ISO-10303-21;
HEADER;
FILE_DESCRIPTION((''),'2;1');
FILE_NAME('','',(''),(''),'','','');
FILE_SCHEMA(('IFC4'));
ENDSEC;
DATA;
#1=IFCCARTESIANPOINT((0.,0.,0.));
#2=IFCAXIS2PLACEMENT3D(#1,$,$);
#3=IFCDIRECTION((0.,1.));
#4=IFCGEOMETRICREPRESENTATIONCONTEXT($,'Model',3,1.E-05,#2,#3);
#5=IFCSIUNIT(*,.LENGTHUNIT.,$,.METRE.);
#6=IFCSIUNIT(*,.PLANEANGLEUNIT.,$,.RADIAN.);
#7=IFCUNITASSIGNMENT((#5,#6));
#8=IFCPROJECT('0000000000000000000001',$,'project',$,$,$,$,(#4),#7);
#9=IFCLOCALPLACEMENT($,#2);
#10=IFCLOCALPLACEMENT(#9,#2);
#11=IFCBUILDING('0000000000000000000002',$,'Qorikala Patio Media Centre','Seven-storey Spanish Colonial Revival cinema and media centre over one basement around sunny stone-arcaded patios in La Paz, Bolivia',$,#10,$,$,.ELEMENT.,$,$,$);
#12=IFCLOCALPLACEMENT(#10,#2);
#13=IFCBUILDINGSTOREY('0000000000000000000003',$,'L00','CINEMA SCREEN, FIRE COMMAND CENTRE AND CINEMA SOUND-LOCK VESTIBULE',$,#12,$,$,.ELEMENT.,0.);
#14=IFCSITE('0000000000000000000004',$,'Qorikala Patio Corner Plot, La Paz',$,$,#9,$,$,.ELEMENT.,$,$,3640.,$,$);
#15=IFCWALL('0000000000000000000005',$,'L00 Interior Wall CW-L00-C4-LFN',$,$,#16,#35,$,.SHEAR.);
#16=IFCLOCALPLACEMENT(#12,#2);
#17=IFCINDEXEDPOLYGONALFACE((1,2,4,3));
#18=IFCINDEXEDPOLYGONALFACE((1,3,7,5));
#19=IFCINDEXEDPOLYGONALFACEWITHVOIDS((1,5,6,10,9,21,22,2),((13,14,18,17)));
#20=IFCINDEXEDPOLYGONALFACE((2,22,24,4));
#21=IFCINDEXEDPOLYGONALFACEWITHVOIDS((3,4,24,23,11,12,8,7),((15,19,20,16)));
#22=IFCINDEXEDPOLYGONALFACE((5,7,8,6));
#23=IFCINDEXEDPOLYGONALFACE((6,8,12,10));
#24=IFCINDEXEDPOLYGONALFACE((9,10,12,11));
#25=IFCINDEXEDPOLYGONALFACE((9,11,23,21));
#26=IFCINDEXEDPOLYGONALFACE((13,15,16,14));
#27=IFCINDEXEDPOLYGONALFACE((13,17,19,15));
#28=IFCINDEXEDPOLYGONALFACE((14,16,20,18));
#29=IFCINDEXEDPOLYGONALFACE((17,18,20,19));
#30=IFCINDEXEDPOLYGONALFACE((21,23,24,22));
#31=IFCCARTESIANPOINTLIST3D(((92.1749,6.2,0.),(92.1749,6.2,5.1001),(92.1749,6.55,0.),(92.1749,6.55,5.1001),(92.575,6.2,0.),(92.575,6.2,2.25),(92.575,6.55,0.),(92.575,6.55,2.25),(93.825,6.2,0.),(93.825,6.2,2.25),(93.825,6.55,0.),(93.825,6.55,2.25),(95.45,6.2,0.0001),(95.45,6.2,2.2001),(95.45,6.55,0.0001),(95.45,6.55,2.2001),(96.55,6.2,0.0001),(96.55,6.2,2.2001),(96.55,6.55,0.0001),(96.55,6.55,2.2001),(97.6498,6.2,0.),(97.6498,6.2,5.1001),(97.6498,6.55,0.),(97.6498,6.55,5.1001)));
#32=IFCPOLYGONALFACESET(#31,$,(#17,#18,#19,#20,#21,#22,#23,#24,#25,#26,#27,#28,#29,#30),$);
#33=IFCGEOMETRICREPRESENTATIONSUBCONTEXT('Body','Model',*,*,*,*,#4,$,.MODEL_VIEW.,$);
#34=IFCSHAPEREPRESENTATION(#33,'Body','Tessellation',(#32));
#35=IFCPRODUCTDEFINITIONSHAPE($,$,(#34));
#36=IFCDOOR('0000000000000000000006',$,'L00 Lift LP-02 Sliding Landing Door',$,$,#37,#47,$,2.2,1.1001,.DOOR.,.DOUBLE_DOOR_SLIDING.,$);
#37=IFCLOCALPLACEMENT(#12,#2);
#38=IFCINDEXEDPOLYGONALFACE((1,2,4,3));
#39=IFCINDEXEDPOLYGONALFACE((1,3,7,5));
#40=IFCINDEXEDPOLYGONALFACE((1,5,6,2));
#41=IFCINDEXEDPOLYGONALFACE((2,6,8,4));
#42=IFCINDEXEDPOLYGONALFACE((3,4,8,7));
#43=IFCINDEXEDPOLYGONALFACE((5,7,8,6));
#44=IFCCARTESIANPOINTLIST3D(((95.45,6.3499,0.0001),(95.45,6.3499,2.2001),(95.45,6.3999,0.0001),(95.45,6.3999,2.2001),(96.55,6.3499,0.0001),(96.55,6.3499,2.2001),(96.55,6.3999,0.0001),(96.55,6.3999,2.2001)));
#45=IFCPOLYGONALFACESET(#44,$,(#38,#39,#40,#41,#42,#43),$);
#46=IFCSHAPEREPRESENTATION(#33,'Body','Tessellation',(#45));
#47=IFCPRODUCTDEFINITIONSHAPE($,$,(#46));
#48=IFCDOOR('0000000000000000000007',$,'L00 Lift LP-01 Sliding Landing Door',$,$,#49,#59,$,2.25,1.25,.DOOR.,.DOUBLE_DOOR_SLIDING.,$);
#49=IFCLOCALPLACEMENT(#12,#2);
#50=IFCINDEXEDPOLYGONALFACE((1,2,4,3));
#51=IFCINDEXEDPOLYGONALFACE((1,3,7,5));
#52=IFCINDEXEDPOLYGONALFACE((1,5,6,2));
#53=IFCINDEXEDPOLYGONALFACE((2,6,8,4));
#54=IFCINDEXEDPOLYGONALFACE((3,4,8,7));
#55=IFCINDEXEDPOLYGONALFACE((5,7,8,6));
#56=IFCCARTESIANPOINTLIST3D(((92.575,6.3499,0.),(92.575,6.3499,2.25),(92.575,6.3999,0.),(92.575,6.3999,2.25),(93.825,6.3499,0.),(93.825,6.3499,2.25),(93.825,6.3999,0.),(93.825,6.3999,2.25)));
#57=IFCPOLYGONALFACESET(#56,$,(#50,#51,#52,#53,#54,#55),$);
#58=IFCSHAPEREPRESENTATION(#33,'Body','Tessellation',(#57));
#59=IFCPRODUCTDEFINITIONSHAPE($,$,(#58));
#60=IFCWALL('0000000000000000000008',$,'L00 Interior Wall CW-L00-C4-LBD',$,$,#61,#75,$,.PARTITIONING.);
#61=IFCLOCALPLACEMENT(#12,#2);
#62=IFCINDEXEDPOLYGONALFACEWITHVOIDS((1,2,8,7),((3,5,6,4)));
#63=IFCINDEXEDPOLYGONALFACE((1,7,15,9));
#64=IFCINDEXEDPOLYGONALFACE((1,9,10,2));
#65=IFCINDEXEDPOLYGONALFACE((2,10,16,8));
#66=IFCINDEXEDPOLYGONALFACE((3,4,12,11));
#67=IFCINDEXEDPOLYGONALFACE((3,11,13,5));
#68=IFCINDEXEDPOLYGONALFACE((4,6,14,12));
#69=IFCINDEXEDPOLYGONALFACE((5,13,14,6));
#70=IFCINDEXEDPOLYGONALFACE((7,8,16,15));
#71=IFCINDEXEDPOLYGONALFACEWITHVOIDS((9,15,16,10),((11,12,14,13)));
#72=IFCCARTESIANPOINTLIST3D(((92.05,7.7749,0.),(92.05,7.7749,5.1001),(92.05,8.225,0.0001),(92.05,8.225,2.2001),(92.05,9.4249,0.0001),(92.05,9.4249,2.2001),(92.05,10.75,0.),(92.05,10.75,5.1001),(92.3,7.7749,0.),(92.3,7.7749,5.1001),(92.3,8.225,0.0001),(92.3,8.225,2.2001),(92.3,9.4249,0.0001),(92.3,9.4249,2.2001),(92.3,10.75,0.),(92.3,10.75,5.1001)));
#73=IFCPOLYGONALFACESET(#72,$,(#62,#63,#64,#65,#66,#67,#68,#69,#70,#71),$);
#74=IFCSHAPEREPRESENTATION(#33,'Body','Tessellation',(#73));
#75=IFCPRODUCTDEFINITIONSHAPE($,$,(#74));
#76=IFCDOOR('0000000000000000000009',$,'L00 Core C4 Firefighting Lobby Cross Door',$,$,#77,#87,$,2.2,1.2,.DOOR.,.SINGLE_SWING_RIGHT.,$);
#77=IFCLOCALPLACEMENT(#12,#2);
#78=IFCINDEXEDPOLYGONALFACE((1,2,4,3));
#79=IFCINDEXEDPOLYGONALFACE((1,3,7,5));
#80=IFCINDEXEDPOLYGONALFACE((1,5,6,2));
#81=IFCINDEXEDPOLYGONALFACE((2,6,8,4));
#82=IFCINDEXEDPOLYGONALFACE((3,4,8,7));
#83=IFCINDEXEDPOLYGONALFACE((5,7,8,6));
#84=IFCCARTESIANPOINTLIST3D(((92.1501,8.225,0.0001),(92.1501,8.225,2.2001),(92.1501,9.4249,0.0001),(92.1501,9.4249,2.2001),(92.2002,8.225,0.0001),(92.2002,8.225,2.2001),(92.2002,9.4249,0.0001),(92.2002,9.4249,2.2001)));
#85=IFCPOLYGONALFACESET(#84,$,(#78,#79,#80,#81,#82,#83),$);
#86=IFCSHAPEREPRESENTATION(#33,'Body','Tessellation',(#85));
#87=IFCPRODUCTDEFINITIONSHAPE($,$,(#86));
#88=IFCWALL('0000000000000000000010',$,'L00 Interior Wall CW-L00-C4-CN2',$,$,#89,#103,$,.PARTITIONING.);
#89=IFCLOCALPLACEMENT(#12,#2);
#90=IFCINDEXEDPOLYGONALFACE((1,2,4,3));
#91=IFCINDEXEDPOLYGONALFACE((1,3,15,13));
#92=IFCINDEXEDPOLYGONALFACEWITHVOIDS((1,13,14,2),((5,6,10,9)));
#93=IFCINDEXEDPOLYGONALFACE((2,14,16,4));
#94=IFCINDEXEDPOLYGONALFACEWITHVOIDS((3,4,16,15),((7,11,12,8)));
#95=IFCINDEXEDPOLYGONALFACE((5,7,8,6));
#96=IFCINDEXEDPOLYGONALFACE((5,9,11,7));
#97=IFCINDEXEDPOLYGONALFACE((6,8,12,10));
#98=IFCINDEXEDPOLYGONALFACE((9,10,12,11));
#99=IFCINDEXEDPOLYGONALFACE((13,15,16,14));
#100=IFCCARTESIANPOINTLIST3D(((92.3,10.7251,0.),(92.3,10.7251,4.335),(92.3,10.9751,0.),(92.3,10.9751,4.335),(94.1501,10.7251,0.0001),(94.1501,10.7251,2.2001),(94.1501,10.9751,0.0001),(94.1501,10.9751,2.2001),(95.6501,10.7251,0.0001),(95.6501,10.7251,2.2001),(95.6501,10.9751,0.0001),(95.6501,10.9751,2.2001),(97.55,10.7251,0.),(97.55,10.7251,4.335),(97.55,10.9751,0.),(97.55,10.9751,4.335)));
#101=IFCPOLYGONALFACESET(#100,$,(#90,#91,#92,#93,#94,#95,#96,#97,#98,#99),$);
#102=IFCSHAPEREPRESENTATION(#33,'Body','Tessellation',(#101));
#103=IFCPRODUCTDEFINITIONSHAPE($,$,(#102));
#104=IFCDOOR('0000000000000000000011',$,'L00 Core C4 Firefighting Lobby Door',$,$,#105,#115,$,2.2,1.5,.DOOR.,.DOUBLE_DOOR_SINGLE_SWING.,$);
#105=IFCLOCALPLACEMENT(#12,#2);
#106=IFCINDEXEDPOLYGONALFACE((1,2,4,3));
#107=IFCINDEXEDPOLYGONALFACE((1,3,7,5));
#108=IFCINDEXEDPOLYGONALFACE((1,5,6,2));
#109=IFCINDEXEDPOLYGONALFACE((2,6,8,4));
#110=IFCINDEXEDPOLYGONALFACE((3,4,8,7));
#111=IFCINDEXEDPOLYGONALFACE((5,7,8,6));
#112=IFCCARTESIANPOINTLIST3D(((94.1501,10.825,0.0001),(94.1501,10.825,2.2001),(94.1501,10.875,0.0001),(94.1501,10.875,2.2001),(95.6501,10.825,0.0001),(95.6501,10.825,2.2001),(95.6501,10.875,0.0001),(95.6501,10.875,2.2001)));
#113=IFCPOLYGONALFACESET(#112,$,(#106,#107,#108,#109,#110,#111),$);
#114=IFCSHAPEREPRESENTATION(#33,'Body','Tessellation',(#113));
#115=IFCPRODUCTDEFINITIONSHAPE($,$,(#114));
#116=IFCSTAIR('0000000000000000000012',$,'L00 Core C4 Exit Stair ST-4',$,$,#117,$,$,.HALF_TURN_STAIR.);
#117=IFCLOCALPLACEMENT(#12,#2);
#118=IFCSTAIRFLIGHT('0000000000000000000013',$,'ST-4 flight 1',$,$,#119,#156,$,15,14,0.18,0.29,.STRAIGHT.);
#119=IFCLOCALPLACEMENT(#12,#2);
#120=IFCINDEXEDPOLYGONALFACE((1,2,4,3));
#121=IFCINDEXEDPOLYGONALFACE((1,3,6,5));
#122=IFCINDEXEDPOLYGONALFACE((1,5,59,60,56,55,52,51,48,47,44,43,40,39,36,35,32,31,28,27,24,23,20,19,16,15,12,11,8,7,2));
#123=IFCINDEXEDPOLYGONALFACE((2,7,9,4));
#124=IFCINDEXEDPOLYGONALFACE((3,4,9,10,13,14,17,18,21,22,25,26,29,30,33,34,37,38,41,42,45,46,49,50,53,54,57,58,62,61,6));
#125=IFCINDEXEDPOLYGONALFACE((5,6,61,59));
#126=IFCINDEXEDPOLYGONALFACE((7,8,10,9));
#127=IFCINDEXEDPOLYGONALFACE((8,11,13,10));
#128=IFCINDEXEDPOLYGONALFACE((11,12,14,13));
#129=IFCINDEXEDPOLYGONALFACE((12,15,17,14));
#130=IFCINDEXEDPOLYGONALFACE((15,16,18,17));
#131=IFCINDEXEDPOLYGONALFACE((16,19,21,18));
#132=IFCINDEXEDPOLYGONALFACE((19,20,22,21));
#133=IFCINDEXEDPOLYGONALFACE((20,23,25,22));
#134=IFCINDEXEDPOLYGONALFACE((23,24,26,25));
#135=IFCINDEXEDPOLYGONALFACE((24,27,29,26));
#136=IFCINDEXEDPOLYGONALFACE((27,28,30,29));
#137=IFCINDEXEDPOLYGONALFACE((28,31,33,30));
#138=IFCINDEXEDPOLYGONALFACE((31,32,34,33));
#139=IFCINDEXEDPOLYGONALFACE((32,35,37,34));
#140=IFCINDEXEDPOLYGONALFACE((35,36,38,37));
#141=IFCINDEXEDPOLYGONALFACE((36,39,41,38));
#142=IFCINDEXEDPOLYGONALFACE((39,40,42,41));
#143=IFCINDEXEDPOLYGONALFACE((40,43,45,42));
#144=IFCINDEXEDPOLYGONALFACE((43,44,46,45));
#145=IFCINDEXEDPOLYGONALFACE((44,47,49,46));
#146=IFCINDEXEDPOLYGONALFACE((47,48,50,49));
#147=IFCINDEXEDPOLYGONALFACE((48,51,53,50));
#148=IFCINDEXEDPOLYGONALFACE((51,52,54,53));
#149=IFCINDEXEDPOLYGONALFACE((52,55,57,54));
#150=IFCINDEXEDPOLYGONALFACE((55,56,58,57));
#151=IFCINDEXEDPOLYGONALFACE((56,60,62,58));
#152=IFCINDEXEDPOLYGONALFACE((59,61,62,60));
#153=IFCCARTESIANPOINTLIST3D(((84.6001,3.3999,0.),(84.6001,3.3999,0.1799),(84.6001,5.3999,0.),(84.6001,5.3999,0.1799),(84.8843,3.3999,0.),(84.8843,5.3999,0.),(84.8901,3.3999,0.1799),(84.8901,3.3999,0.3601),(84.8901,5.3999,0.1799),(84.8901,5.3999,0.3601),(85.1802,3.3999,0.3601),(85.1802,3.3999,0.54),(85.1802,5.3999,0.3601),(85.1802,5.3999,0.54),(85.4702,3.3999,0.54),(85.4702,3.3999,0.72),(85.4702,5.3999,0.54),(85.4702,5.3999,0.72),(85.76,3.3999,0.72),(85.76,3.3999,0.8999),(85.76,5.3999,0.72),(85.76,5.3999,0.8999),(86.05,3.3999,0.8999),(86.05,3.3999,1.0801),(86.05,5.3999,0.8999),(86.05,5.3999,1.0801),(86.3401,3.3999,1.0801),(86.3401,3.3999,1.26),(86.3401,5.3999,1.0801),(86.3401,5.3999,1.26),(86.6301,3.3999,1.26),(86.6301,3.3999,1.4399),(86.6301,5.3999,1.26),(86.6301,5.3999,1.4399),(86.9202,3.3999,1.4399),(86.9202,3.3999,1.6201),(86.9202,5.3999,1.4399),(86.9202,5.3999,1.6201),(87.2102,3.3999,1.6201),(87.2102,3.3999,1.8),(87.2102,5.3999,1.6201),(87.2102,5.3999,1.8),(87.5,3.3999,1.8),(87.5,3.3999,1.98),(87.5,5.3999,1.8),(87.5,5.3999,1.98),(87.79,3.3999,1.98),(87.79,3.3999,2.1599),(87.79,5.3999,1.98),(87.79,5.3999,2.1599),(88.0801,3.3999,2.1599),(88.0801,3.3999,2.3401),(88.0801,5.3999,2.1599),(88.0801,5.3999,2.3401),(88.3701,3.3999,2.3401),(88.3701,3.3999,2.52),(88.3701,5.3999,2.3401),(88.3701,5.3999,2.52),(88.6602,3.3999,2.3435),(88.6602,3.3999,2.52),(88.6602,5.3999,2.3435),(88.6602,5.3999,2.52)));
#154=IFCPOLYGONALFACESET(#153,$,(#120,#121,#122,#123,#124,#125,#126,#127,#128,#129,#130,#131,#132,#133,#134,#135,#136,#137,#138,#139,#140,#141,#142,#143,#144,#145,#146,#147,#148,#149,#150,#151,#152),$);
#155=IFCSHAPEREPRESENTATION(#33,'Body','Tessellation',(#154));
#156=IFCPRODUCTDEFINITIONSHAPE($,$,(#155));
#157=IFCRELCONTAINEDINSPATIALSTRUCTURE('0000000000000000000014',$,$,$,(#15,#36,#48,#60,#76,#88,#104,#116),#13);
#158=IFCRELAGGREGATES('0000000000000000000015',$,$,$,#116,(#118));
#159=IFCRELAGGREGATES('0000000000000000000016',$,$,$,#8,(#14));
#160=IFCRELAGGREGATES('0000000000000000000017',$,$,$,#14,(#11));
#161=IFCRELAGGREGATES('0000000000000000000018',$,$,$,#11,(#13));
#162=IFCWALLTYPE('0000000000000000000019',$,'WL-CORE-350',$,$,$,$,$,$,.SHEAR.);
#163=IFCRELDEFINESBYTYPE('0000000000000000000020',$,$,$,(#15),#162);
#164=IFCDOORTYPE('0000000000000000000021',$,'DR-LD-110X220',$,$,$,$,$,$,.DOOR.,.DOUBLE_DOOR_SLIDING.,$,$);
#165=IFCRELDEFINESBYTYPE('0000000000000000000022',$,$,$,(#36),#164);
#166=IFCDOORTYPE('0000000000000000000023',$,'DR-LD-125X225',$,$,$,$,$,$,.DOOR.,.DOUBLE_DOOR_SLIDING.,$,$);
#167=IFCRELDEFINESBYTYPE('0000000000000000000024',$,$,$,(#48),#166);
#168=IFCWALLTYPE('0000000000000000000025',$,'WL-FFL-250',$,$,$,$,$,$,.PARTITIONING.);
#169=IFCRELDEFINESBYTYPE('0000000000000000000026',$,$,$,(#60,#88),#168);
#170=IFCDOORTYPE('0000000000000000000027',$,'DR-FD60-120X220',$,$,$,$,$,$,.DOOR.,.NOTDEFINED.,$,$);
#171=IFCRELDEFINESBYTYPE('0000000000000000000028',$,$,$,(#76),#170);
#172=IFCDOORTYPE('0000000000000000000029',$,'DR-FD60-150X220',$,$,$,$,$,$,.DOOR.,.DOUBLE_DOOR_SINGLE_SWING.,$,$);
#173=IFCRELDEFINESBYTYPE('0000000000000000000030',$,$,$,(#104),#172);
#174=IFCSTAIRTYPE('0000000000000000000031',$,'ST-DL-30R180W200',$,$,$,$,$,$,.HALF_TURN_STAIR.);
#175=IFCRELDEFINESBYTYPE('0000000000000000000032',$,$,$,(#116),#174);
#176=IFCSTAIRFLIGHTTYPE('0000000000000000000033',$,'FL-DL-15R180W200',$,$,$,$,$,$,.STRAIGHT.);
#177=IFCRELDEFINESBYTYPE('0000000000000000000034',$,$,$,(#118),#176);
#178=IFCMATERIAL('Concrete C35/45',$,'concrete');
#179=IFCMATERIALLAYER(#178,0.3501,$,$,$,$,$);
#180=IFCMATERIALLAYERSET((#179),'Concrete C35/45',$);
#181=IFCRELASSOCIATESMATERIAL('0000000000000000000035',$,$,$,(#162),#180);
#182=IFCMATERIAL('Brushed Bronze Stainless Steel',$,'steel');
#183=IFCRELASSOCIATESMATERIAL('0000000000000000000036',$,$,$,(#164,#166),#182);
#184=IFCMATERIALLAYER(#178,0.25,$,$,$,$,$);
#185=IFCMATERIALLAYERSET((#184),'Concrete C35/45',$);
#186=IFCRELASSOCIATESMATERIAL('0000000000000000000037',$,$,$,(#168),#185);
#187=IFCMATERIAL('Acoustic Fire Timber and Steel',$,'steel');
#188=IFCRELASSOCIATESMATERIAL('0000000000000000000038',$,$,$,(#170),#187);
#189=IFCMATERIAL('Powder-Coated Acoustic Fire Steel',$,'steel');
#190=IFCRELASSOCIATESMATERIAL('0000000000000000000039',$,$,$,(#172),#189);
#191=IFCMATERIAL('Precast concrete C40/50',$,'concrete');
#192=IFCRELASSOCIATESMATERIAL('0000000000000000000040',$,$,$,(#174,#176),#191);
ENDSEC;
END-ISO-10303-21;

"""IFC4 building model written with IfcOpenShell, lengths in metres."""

from ifc_helpers import new_model, si_unit, direction, frame, frame_2d, origin, place, context, subcontext, project, spatial, polyline, rectangle, outline, extrude, material, layer, layer_set, type_object, element, fill, aggregate, save


model = new_model("IFC4")

# Units and contexts
model_context = context("Model", 3, precision=1e-05, world=origin(), true_north=direction((0.0, 1.0)))
body_context = subcontext(model_context, "Body", "Model", "MODEL_VIEW")
ifc_project = project(units=[si_unit("LENGTHUNIT", "METRE"), si_unit("PLANEANGLEUNIT", "RADIAN")], contexts=[model_context])

# Site, building, storey
site_placement = place(None, origin())
site = spatial("IfcSite", under=ifc_project, at=site_placement, Name="Qorikala Patio Corner Plot, La Paz", CompositionType="ELEMENT", RefElevation=3640.0)
building_placement = place(site_placement, origin())
building = spatial("IfcBuilding", under=site, at=building_placement, Name="Qorikala Patio Media Centre", Description="Seven-storey Spanish Colonial Revival cinema and media centre over one basement around sunny stone-arcaded patios in La Paz, Bolivia", CompositionType="ELEMENT")
storey_placement = place(building_placement, origin())
storey = spatial("IfcBuildingStorey", under=building, at=storey_placement, Name="L00", Description="CINEMA SCREEN, FIRE COMMAND CENTRE AND CINEMA SOUND-LOCK VESTIBULE", CompositionType="ELEMENT", Elevation=0.0)

# Shared definitions
ifc_material_1 = material(Name="Concrete C35/45", Category="concrete")

# Shared definitions
ifc_layer_1 = layer(ifc_material_1, 0.3501)
ifc_layer_set_1 = layer_set([ifc_layer_1], Name="Concrete C35/45")
wall_type_1 = type_object("IfcWallType", Name="WL-CORE-350", PredefinedType="SHEAR", material=ifc_layer_set_1)

# Wall, openings, doors
wall_1_placement = place(storey_placement, frame((92.175, 6.375, 0.0), z_axis=(0.0, 0.0, 1.0), x_axis=(1.0, 0.0, 0.0)))
wall_1 = element("IfcWall", 1, at=wall_1_placement, inside=storey, type_object=wall_type_1, Name="L00 Interior Wall CW-L00-C4-LFN", PredefinedType="SHEAR", context=body_context, shape_type="SweptSolid", body=[
    extrude(rectangle(XDim=5.4749, YDim=0.3501, at=frame_2d((2.7373, 0.0))), origin(), (0.0, 0.0, 1.0), 5.1001),
])
opening_1_placement = place(wall_1_placement, frame((0.3999, 0.0, 0.0)))
opening_1 = element("IfcOpeningElement", 2, at=opening_1_placement, cuts=wall_1, PredefinedType="OPENING", context=body_context, shape_type="SweptSolid", body=[
    extrude(rectangle(XDim=1.25, YDim=2.25, at=frame_2d((0.625, 1.125))), frame((0.0, 0.1851, 0.0), z_axis=(0.0, -1.0, 0.0), x_axis=(1.0, 0.0, 0.0)), (0.0, 0.0, 1.0), 0.3701),
])
opening_2_placement = place(wall_1_placement, frame((3.2749, 0.0, 0.0)))
opening_2 = element("IfcOpeningElement", 3, at=opening_2_placement, cuts=wall_1, PredefinedType="OPENING", context=body_context, shape_type="SweptSolid", body=[
    extrude(rectangle(XDim=1.1001, YDim=2.2, at=frame_2d((0.55, 1.1001))), frame((0.0, 0.1851, 0.0), z_axis=(0.0, -1.0, 0.0), x_axis=(1.0, 0.0, 0.0)), (0.0, 0.0, 1.0), 0.3701),
])
ifc_material_2 = material(Name="Brushed Bronze Stainless Steel", Category="steel")
door_type_1 = type_object("IfcDoorType", Name="DR-LD-110X220", OperationType="DOUBLE_DOOR_SLIDING", PredefinedType="DOOR", material=ifc_material_2)
door_1_placement = place(opening_2_placement, origin())
door_1 = element("IfcDoor", 4, at=door_1_placement, inside=storey, type_object=door_type_1, Name="L00 Lift LP-02 Sliding Landing Door", OperationType="DOUBLE_DOOR_SLIDING", OverallHeight=2.2, OverallWidth=1.1001, PredefinedType="DOOR", context=body_context, shape_type="SweptSolid", body=[
    extrude(rectangle(XDim=1.1001, YDim=2.2, at=frame_2d((0.55, 1.1001))), frame((0.0, 0.0249, 0.0), z_axis=(0.0, -1.0, 0.0), x_axis=(1.0, 0.0, 0.0)), (0.0, 0.0, 1.0), 0.05),
])
fill(opening_2, door_1)
door_type_2 = type_object("IfcDoorType", Name="DR-LD-125X225", OperationType="DOUBLE_DOOR_SLIDING", PredefinedType="DOOR", material=ifc_material_2)
door_2_placement = place(opening_1_placement, origin())
door_2 = element("IfcDoor", 5, at=door_2_placement, inside=storey, type_object=door_type_2, Name="L00 Lift LP-01 Sliding Landing Door", OperationType="DOUBLE_DOOR_SLIDING", OverallHeight=2.25, OverallWidth=1.25, PredefinedType="DOOR", context=body_context, shape_type="SweptSolid", body=[
    extrude(rectangle(XDim=1.25, YDim=2.25, at=frame_2d((0.625, 1.125))), frame((0.0, 0.0249, 0.0), z_axis=(0.0, -1.0, 0.0), x_axis=(1.0, 0.0, 0.0)), (0.0, 0.0, 1.0), 0.05),
])
fill(opening_1, door_2)

# Walls, openings, doors
ifc_layer_2 = layer(ifc_material_1, 0.25)
ifc_layer_set_2 = layer_set([ifc_layer_2], Name="Concrete C35/45")
wall_type_2 = type_object("IfcWallType", Name="WL-FFL-250", PredefinedType="PARTITIONING", material=ifc_layer_set_2)
wall_2_placement = place(storey_placement, frame((92.175, 7.7749, 0.0), z_axis=(0.0, 0.0, 1.0), x_axis=(0.0, 1.0, 0.0)))
wall_2 = element("IfcWall", 6, at=wall_2_placement, inside=storey, type_object=wall_type_2, Name="L00 Interior Wall CW-L00-C4-LBD", PredefinedType="PARTITIONING", context=body_context, shape_type="SweptSolid", body=[
    extrude(rectangle(XDim=2.9751, YDim=0.25, at=frame_2d((1.4875, 0.0))), origin(), (0.0, 0.0, 1.0), 5.1001),
])
opening_3_placement = place(wall_2_placement, frame((0.45, 0.0, 0.0)))
opening_3 = element("IfcOpeningElement", 7, at=opening_3_placement, cuts=wall_2, PredefinedType="OPENING", context=body_context, shape_type="SweptSolid", body=[
    extrude(rectangle(XDim=1.2, YDim=2.2, at=frame_2d((0.6001, 1.1001))), frame((0.0, 0.135, 0.0), z_axis=(0.0, -1.0, 0.0), x_axis=(1.0, 0.0, 0.0)), (0.0, 0.0, 1.0), 0.27),
])
ifc_material_3 = material(Name="Acoustic Fire Timber and Steel", Category="steel")
door_type_3 = type_object("IfcDoorType", Name="DR-FD60-120X220", OperationType="NOTDEFINED", PredefinedType="DOOR", material=ifc_material_3)
door_3_placement = place(opening_3_placement, origin())
door_3 = element("IfcDoor", 8, at=door_3_placement, inside=storey, type_object=door_type_3, Name="L00 Core C4 Firefighting Lobby Cross Door", OperationType="SINGLE_SWING_RIGHT", OverallHeight=2.2, OverallWidth=1.2, PredefinedType="DOOR", context=body_context, shape_type="SweptSolid", body=[
    extrude(rectangle(XDim=1.2, YDim=2.2, at=frame_2d((0.6001, 1.1001))), frame((0.0, 0.0249, 0.0), z_axis=(0.0, -1.0, 0.0), x_axis=(1.0, 0.0, 0.0)), (0.0, 0.0, 1.0), 0.05),
])
fill(opening_3, door_3)
wall_3_placement = place(storey_placement, frame((92.3, 10.8501, 0.0), z_axis=(0.0, 0.0, 1.0), x_axis=(1.0, 0.0, 0.0)))
wall_3 = element("IfcWall", 9, at=wall_3_placement, inside=storey, type_object=wall_type_2, Name="L00 Interior Wall CW-L00-C4-CN2", PredefinedType="PARTITIONING", context=body_context, shape_type="SweptSolid", body=[
    extrude(rectangle(XDim=5.25, YDim=0.25, at=frame_2d((2.625, 0.0))), origin(), (0.0, 0.0, 1.0), 4.335),
])
opening_4_placement = place(wall_3_placement, frame((1.8501, 0.0, 0.0)))
opening_4 = element("IfcOpeningElement", 10, at=opening_4_placement, cuts=wall_3, PredefinedType="OPENING", context=body_context, shape_type="SweptSolid", body=[
    extrude(rectangle(XDim=1.5, YDim=2.2, at=frame_2d((0.75, 1.1001))), frame((0.0, 0.135, 0.0), z_axis=(0.0, -1.0, 0.0), x_axis=(1.0, 0.0, 0.0)), (0.0, 0.0, 1.0), 0.27),
])
ifc_material_4 = material(Name="Powder-Coated Acoustic Fire Steel", Category="steel")
door_type_4 = type_object("IfcDoorType", Name="DR-FD60-150X220", OperationType="DOUBLE_DOOR_SINGLE_SWING", PredefinedType="DOOR", material=ifc_material_4)
door_4_placement = place(opening_4_placement, origin())
door_4 = element("IfcDoor", 11, at=door_4_placement, inside=storey, type_object=door_type_4, Name="L00 Core C4 Firefighting Lobby Door", OperationType="DOUBLE_DOOR_SINGLE_SWING", OverallHeight=2.2, OverallWidth=1.5, PredefinedType="DOOR", context=body_context, shape_type="SweptSolid", body=[
    extrude(rectangle(XDim=1.5, YDim=2.2, at=frame_2d((0.75, 1.1001))), frame((0.0, 0.0249, 0.0), z_axis=(0.0, -1.0, 0.0), x_axis=(1.0, 0.0, 0.0)), (0.0, 0.0, 1.0), 0.05),
])
fill(opening_4, door_4)

# Stair, stair flight
ifc_material_5 = material(Name="Precast concrete C40/50", Category="concrete")
stair_type = type_object("IfcStairType", Name="ST-DL-30R180W200", PredefinedType="HALF_TURN_STAIR", material=ifc_material_5)
stair_placement = place(storey_placement, origin())
stair = element("IfcStair", 12, at=stair_placement, inside=storey, type_object=stair_type, Name="L00 Core C4 Exit Stair ST-4", PredefinedType="HALF_TURN_STAIR")
stair_flight_type = type_object("IfcStairFlightType", Name="FL-DL-15R180W200", PredefinedType="STRAIGHT", material=ifc_material_5)
stair_flight_1_placement = place(storey_placement, frame((84.6001, 4.3999, 0.0), z_axis=(0.0, 0.0, 1.0), x_axis=(1.0, 0.0, 0.0)))
stair_flight_1 = element("IfcStairFlight", 13, at=stair_flight_1_placement, type_object=stair_flight_type, Name="ST-4 flight 1", NumberOfRisers=15, NumberOfTreads=14, PredefinedType="STRAIGHT", RiserHeight=0.18, TreadLength=0.29, context=body_context, shape_type="SweptSolid", body=[
    extrude(outline(polyline([(0.0, 0.0), (0.0, 0.1799), (0.29, 0.1799), (0.29, 0.3601), (0.5801, 0.3601), (0.5801, 0.54), (0.8701, 0.54), (0.8701, 0.72), (1.1599, 0.72), (1.1599, 0.8999), (1.45, 0.8999), (1.45, 1.0801), (1.74, 1.0801), (1.74, 1.26), (2.03, 1.26), (2.03, 1.4399), (2.3201, 1.4399), (2.3201, 1.6201), (2.6101, 1.6201), (2.6101, 1.8), (2.8999, 1.8), (2.8999, 1.98), (3.1899, 1.98), (3.1899, 2.1599), (3.48, 2.1599), (3.48, 2.3401), (3.77, 2.3401), (3.77, 2.52), (4.0601, 2.52), (4.0601, 2.7), (4.0601, 2.3435), (0.2842, 0.0), (0.0, 0.0)])), frame((0.0, 1.0, 0.0), z_axis=(0.0, -1.0, 0.0), x_axis=(1.0, 0.0, 0.0)), (0.0, 0.0, 1.0), 2.0),
])
aggregate(stair, [stair_flight_1])

save(model, "model.ifc")
